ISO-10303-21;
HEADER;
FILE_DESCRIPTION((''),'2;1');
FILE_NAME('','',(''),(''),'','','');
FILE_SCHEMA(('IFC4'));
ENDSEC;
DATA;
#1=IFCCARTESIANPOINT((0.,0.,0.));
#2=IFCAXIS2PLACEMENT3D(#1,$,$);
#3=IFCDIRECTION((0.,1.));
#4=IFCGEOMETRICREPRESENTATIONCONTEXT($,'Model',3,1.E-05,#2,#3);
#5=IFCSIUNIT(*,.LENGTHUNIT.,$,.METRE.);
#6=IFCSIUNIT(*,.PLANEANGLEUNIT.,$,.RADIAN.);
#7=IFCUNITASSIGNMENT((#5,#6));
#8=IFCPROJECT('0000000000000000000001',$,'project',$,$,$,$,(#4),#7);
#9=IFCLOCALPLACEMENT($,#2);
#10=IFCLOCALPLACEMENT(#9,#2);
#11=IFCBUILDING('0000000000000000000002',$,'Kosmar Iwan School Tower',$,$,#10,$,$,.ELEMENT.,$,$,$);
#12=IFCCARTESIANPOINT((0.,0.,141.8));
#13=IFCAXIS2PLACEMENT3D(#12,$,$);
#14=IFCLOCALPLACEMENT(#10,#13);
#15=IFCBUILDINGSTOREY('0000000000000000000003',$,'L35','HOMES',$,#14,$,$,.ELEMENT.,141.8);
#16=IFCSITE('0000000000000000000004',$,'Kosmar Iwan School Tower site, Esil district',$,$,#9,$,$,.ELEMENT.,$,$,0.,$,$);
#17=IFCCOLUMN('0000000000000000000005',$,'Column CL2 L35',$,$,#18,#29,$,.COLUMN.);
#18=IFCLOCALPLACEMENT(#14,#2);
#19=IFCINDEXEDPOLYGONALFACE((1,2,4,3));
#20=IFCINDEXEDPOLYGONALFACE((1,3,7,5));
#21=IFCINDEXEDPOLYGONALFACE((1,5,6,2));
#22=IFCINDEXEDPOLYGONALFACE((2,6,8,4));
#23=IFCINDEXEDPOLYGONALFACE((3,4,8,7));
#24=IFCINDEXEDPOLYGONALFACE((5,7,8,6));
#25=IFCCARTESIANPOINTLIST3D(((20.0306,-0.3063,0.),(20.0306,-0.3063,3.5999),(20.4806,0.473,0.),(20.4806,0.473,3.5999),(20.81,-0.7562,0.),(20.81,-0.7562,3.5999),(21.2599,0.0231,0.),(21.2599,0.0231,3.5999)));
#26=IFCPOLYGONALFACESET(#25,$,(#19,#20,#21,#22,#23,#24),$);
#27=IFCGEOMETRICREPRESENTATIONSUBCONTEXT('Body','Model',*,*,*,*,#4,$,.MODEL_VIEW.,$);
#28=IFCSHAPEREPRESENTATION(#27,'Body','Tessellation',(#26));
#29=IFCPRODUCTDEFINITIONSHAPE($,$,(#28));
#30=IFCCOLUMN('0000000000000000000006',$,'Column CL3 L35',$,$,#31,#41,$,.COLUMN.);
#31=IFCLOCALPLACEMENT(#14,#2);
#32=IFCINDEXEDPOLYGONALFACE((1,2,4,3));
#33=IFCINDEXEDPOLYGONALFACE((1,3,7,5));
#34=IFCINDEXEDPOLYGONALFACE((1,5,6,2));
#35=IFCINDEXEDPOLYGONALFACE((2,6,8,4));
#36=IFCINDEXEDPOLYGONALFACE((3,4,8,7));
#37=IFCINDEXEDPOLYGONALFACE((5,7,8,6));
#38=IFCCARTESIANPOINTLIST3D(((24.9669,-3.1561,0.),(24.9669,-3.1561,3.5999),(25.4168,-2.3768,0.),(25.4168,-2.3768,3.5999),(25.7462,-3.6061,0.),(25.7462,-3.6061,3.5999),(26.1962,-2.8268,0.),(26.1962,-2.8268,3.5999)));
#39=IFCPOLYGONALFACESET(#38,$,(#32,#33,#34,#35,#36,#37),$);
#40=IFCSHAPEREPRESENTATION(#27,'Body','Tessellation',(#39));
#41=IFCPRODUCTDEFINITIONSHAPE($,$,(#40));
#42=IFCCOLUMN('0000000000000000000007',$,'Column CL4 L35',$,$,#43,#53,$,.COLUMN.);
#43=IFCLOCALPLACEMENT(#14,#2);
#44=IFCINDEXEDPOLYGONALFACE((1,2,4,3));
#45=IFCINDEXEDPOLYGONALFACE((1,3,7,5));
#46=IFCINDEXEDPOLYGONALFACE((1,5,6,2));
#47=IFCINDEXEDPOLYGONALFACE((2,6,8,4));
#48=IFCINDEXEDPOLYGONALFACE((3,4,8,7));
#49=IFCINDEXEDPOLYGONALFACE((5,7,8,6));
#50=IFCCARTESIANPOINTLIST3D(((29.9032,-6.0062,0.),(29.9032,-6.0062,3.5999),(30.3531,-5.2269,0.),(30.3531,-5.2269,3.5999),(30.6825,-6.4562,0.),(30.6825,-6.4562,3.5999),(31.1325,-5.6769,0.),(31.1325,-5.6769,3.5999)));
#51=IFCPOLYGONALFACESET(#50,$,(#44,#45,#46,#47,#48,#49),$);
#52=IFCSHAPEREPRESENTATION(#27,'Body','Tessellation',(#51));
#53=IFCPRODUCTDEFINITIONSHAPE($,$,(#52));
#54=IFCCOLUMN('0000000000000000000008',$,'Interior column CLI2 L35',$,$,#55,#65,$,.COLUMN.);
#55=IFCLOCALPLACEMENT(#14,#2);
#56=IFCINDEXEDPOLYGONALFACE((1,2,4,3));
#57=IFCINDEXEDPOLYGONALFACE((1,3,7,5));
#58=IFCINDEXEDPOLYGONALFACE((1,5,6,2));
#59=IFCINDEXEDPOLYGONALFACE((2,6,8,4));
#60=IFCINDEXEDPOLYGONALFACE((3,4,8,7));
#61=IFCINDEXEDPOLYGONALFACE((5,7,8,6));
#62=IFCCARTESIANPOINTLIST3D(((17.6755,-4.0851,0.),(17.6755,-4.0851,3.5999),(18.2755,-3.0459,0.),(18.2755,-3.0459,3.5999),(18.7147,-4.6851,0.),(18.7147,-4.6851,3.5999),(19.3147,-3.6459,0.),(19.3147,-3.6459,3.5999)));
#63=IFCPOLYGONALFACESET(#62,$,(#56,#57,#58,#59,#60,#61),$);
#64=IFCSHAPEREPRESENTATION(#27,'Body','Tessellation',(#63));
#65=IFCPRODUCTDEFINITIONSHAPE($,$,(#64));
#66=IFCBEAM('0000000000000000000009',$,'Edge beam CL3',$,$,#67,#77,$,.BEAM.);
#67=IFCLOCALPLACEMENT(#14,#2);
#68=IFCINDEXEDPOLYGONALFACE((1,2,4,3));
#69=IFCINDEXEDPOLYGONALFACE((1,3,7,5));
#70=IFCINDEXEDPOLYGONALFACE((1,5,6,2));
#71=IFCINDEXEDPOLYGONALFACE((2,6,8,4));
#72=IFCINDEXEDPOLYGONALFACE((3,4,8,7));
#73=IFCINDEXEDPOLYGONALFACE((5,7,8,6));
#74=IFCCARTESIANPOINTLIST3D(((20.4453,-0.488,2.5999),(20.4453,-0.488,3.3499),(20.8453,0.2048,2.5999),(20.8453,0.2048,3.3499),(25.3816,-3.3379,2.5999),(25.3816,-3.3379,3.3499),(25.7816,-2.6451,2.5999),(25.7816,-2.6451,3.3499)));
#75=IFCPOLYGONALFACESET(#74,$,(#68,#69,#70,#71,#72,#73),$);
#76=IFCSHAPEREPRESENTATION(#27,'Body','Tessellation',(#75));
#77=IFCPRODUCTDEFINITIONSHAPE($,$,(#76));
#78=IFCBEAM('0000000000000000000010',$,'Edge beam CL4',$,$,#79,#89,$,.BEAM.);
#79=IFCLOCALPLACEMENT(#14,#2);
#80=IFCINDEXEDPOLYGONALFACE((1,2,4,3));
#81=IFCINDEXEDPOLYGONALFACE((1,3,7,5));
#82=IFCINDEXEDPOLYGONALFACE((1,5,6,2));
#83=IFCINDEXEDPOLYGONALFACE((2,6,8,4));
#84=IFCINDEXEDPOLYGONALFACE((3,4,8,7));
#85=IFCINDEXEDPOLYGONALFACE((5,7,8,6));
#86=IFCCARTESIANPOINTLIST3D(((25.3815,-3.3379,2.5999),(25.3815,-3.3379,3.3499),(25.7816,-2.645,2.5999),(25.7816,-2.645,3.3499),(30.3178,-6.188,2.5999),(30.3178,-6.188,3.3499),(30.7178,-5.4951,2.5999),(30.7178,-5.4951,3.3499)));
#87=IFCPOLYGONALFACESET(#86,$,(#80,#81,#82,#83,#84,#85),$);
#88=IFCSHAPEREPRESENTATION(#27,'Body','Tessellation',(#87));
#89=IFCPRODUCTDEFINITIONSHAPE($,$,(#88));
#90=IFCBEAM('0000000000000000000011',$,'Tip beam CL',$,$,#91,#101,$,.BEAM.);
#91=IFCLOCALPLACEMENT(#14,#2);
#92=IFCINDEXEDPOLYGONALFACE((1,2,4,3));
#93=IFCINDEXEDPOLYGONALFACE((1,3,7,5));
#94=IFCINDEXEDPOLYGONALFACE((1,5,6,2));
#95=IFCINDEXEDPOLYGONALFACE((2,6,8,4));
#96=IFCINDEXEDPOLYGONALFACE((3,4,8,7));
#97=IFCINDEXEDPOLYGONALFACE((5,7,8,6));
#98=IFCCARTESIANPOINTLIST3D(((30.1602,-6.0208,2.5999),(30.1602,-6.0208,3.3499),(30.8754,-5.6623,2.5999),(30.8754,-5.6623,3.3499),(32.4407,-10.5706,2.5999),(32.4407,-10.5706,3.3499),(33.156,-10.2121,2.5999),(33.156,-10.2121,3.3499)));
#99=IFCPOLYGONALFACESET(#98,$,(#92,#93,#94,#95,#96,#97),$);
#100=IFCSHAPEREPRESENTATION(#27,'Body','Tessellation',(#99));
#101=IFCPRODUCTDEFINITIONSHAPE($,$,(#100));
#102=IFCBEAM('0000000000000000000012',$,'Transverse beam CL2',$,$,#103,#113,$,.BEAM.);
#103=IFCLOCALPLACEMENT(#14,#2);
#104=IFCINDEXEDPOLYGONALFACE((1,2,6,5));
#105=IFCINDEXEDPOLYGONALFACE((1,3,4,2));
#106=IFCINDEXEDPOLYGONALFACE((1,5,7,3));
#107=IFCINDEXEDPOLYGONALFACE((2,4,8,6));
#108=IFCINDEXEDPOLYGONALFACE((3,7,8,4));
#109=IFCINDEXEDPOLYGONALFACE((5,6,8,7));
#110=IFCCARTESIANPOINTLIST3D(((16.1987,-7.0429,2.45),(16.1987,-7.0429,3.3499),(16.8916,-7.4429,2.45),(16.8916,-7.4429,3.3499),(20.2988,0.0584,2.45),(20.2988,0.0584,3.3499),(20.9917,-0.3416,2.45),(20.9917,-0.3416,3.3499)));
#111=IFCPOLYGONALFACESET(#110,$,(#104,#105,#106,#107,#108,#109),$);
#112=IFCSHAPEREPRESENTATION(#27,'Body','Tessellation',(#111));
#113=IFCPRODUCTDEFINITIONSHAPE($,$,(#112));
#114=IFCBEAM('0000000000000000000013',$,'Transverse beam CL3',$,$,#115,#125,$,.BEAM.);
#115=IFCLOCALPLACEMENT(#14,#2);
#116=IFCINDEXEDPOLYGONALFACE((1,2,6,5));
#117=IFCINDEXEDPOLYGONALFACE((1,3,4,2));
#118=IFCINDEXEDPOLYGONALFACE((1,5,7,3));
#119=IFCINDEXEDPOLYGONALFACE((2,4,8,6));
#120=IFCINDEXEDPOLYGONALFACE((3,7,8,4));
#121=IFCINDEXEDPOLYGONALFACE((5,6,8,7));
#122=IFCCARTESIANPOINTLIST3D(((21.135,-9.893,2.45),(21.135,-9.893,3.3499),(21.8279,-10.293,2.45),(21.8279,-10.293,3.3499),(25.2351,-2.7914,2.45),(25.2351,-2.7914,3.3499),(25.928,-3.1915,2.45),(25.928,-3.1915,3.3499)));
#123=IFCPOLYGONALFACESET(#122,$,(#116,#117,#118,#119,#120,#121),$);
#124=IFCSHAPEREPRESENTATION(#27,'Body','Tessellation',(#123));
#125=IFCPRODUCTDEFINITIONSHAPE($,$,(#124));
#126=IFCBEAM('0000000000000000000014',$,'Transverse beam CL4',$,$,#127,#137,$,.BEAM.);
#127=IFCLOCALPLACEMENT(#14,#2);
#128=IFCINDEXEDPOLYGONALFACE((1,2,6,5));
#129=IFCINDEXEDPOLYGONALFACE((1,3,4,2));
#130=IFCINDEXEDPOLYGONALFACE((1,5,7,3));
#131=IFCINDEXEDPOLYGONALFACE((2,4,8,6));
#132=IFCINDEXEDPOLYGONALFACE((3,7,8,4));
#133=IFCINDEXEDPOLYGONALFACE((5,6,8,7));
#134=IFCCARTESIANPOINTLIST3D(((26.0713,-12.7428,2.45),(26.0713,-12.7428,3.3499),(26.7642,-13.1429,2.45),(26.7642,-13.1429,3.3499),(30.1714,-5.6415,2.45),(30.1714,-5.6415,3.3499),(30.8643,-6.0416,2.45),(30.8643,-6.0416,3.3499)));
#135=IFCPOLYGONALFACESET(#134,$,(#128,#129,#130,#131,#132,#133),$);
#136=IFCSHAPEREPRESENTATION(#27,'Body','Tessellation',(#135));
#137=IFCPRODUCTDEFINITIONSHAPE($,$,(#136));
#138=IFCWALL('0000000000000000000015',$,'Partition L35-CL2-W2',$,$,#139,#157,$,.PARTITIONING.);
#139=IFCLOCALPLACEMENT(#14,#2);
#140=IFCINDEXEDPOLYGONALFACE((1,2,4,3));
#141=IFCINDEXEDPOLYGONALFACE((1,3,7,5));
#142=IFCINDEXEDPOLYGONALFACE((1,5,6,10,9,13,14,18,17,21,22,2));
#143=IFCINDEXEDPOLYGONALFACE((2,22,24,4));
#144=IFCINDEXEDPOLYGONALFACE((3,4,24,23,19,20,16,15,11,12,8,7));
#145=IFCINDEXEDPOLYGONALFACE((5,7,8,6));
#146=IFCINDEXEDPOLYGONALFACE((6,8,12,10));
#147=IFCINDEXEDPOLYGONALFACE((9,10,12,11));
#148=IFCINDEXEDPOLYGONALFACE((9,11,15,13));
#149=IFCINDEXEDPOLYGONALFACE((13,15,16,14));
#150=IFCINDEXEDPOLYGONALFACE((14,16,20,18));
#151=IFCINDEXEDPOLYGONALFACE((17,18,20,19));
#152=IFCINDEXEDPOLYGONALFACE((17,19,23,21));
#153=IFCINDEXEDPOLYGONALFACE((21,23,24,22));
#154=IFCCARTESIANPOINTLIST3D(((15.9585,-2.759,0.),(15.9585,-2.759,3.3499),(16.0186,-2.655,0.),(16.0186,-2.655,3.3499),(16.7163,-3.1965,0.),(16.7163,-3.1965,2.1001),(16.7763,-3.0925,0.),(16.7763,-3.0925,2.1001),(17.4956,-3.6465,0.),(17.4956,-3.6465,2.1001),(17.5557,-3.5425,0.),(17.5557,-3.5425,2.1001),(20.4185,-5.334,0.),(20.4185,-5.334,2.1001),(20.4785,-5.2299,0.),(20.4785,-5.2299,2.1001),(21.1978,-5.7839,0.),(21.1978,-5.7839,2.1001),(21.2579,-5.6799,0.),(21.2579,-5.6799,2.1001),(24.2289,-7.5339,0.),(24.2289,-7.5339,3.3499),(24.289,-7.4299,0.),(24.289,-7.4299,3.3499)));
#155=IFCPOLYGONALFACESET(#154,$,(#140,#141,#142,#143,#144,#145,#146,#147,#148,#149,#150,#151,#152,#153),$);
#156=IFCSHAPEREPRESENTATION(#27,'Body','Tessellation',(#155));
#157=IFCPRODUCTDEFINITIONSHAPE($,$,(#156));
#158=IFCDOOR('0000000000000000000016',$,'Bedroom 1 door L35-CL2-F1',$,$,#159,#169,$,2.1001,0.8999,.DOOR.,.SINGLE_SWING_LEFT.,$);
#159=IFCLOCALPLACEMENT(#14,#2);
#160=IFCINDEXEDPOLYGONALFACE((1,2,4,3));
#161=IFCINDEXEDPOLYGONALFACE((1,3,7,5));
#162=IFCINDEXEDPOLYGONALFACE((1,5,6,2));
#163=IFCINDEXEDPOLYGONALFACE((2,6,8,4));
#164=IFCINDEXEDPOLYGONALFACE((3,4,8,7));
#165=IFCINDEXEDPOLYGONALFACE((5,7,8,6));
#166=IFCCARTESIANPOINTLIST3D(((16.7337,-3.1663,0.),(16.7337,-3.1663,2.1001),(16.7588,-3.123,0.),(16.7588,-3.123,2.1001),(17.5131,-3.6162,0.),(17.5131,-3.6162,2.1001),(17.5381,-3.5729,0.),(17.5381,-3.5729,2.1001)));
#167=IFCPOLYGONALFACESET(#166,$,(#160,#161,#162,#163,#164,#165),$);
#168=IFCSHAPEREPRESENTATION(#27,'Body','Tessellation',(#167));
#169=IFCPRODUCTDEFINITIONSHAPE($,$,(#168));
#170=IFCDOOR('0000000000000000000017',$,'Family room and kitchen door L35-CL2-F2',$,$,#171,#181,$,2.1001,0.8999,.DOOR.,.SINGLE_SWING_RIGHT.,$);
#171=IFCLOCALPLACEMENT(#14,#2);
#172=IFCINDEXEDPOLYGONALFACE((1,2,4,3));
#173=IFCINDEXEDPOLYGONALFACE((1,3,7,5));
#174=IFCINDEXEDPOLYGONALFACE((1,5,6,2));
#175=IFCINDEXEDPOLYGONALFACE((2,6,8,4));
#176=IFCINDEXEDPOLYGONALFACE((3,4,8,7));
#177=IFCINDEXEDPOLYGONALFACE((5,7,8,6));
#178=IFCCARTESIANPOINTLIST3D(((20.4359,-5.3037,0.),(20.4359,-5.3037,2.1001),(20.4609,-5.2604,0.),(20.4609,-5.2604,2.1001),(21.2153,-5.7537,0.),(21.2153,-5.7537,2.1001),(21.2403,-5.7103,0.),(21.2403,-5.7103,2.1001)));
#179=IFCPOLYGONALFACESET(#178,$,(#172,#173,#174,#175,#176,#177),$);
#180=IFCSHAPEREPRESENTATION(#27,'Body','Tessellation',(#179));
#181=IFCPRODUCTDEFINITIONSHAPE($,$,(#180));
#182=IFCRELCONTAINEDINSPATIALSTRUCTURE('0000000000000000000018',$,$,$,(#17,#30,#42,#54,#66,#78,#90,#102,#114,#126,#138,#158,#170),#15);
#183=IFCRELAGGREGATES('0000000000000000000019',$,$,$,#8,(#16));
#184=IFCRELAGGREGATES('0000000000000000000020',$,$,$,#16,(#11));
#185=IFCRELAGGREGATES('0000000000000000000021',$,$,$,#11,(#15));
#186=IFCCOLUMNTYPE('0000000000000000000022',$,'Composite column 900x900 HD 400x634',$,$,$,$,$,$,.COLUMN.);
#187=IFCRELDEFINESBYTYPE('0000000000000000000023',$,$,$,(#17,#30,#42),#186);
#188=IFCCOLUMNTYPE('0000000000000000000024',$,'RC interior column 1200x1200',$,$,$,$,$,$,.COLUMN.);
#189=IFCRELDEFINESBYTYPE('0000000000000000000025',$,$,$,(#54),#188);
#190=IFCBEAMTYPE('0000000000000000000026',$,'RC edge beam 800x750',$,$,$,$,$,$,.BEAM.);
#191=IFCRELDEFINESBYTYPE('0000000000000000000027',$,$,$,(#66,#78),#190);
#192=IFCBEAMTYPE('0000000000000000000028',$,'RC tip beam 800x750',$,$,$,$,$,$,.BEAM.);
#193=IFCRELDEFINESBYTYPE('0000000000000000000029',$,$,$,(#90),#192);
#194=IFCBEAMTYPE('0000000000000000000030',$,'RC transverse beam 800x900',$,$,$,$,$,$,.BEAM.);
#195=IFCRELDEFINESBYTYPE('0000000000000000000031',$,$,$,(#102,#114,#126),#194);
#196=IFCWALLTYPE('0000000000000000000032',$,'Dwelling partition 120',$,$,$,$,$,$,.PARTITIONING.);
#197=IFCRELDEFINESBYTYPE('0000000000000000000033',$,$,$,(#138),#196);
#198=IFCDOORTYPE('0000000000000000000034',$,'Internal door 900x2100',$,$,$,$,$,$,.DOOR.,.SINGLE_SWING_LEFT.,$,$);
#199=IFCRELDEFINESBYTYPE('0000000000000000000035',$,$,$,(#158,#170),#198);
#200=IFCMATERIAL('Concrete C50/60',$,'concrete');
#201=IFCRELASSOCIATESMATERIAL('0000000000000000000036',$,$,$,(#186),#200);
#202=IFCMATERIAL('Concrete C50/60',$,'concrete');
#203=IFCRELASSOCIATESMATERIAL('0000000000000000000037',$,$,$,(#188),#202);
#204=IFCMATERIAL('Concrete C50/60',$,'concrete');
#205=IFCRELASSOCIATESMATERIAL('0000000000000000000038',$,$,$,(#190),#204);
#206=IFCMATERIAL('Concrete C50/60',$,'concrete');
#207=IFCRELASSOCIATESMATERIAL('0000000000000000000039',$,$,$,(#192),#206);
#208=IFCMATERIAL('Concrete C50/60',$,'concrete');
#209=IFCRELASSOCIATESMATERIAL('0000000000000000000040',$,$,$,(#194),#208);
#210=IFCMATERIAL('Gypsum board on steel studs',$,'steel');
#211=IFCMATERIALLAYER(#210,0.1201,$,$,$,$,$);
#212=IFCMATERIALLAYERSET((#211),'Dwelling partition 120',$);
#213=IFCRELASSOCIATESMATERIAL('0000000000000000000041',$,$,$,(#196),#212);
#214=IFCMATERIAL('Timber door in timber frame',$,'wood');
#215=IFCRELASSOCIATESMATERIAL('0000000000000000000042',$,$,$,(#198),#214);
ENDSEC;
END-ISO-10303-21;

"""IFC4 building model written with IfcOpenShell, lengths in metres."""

from ifc_helpers import new_model, si_unit, direction, frame, frame_2d, origin, origin_2d, place, context, subcontext, project, spatial, rectangle, extrude, material, layer, layer_set, material_profile, profile_set, type_object, element, fill, save


model = new_model("IFC4")

# Units and contexts
model_context = context("Model", 3, precision=1e-05, world=origin(), true_north=direction((0.0, 1.0)))
body_context = subcontext(model_context, "Body", "Model", "MODEL_VIEW")
ifc_project = project(units=[si_unit("LENGTHUNIT", "METRE"), si_unit("PLANEANGLEUNIT", "RADIAN")], contexts=[model_context])

# Site, building, storey
site_placement = place(None, origin())
site = spatial("IfcSite", under=ifc_project, at=site_placement, Name="Kosmar Iwan School Tower site, Esil district", CompositionType="ELEMENT", RefElevation=0.0)
building_placement = place(site_placement, origin())
building = spatial("IfcBuilding", under=site, at=building_placement, Name="Kosmar Iwan School Tower", CompositionType="ELEMENT")
storey_placement = place(building_placement, frame((0.0, 0.0, 141.8)))
storey = spatial("IfcBuildingStorey", under=building, at=storey_placement, Name="L35", Description="HOMES", CompositionType="ELEMENT", Elevation=141.8)

# Columns
ifc_material_1 = material(Name="Concrete C50/60", Category="concrete")
ifc_material_profile_1 = material_profile(ifc_material_1, rectangle(XDim=0.8999, YDim=0.8999, at=origin_2d()), Name="RC 900x900 + HD 400x634")
ifc_profile_set_1 = profile_set([ifc_material_profile_1], Name="Concrete C50/60")
column_type_1 = type_object("IfcColumnType", Name="Composite column 900x900 HD 400x634", PredefinedType="COLUMN", material=ifc_profile_set_1)
for number, where, z_axis, x_axis, name in (
    (1, (20.6453, -0.1416, 0.0), (0.0, 0.0, 1.0), (0.866025, -0.5, 0.0), "Column CL2 L35"),
    (2, (25.5815, -2.9915, 0.0), (0.0, 0.0, 1.0), (0.866025, -0.5, 0.0), "Column CL3 L35"),
    (3, (30.5178, -5.8416, 0.0), (0.0, 0.0, 1.0), (0.866025, -0.5, 0.0), "Column CL4 L35"),
):
    element("IfcColumn", number, at=place(storey_placement, frame(where, z_axis=z_axis, x_axis=x_axis)), inside=storey, type_object=column_type_1, Name=name, PredefinedType="COLUMN", context=body_context, shape_type="SweptSolid", body=[
        extrude(rectangle(XDim=0.8999, YDim=0.8999, at=origin_2d()), origin(), (0.0, 0.0, 1.0), 3.5999),
    ])
ifc_material_2 = material(Name="Concrete C50/60", Category="concrete")
ifc_material_profile_2 = material_profile(ifc_material_2, rectangle(XDim=1.2, YDim=1.2, at=origin_2d()), Name="RC 1200x1200")
ifc_profile_set_2 = profile_set([ifc_material_profile_2], Name="Concrete C50/60")
column_type_2 = type_object("IfcColumnType", Name="RC interior column 1200x1200", PredefinedType="COLUMN", material=ifc_profile_set_2)
column_placement = place(storey_placement, frame((18.4951, -3.8655, 0.0), z_axis=(0.0, 0.0, 1.0), x_axis=(0.866025, -0.5, 0.0)))
element("IfcColumn", 4, at=column_placement, inside=storey, type_object=column_type_2, Name="Interior column CLI2 L35", PredefinedType="COLUMN", context=body_context, shape_type="SweptSolid", body=[
    extrude(rectangle(XDim=1.2, YDim=1.2, at=origin_2d()), origin(), (0.0, 0.0, 1.0), 3.5999),
])

# Beams
ifc_material_3 = material(Name="Concrete C50/60", Category="concrete")
ifc_material_profile_3 = material_profile(ifc_material_3, rectangle(XDim=0.8, YDim=0.75, at=origin_2d()), Name="RC 800x750")
ifc_profile_set_3 = profile_set([ifc_material_profile_3], Name="Concrete C50/60")
beam_type_1 = type_object("IfcBeamType", Name="RC edge beam 800x750", PredefinedType="BEAM", material=ifc_profile_set_3)
for number, where, z_axis, x_axis, name in (
    (5, (20.6453, -0.1416, 2.9749), (0.866034, -0.499986, 0.0), (0.499986, 0.866034, 0.0), "Edge beam CL3"),
    (6, (25.5815, -2.9915, 2.9749), (0.866015, -0.500018, 0.0), (0.500018, 0.866015, 0.0), "Edge beam CL4"),
):
    element("IfcBeam", number, at=place(storey_placement, frame(where, z_axis=z_axis, x_axis=x_axis)), inside=storey, type_object=beam_type_1, Name=name, PredefinedType="BEAM", context=body_context, shape_type="SweptSolid", body=[
        extrude(rectangle(XDim=0.8, YDim=0.75, at=origin_2d()), origin(), (0.0, 0.0, 1.0), 5.7),
    ])
ifc_material_4 = material(Name="Concrete C50/60", Category="concrete")
ifc_material_profile_4 = material_profile(ifc_material_4, rectangle(XDim=0.8, YDim=0.75, at=origin_2d()), Name="RC 800x750")
ifc_profile_set_4 = profile_set([ifc_material_profile_4], Name="Concrete C50/60")
beam_type_2 = type_object("IfcBeamType", Name="RC tip beam 800x750", PredefinedType="BEAM", material=ifc_profile_set_4)
beam_1_placement = place(storey_placement, frame((30.5178, -5.8416, 2.9749), z_axis=(0.448096, -0.893985, 0.0), x_axis=(0.893985, 0.448096, 0.0)))
element("IfcBeam", 7, at=beam_1_placement, inside=storey, type_object=beam_type_2, Name="Tip beam CL", PredefinedType="BEAM", context=body_context, shape_type="SweptSolid", body=[
    extrude(rectangle(XDim=0.8, YDim=0.75, at=origin_2d()), origin(), (0.0, 0.0, 1.0), 5.0894),
])
ifc_material_5 = material(Name="Concrete C50/60", Category="concrete")
ifc_material_profile_5 = material_profile(ifc_material_5, rectangle(XDim=0.8, YDim=0.8999, at=origin_2d()), Name="RC 800x900")
ifc_profile_set_5 = profile_set([ifc_material_profile_5], Name="Concrete C50/60")
beam_type_3 = type_object("IfcBeamType", Name="RC transverse beam 800x900", PredefinedType="BEAM", material=ifc_profile_set_5)
beam_2_placement = place(storey_placement, frame((20.6453, -0.1416, 2.8999), z_axis=(-0.500014, -0.866018, 0.0), x_axis=(0.866018, -0.500014, 0.0)))
element("IfcBeam", 8, at=beam_2_placement, inside=storey, type_object=beam_type_3, Name="Transverse beam CL2", PredefinedType="BEAM", context=body_context, shape_type="SweptSolid", body=[
    extrude(rectangle(XDim=0.8, YDim=0.8999, at=origin_2d()), origin(), (0.0, 0.0, 1.0), 8.2),
])
beam_3_placement = place(storey_placement, frame((25.5815, -2.9915, 2.8999), z_axis=(-0.500001, -0.866025, 0.0), x_axis=(0.866025, -0.500001, 0.0)))
element("IfcBeam", 9, at=beam_3_placement, inside=storey, type_object=beam_type_3, Name="Transverse beam CL3", PredefinedType="BEAM", context=body_context, shape_type="SweptSolid", body=[
    extrude(rectangle(XDim=0.8, YDim=0.8999, at=origin_2d()), origin(), (0.0, 0.0, 1.0), 8.2002),
])
beam_4_placement = place(storey_placement, frame((30.5178, -5.8416, 2.8999), z_axis=(-0.500014, -0.866018, 0.0), x_axis=(0.866018, -0.500014, 0.0)))
element("IfcBeam", 10, at=beam_4_placement, inside=storey, type_object=beam_type_3, Name="Transverse beam CL4", PredefinedType="BEAM", context=body_context, shape_type="SweptSolid", body=[
    extrude(rectangle(XDim=0.8, YDim=0.8999, at=origin_2d()), origin(), (0.0, 0.0, 1.0), 8.2),
])

# Wall, openings, doors
ifc_material_6 = material(Name="Gypsum board on steel studs", Category="steel")
ifc_layer_1 = layer(ifc_material_6, 0.1201)
ifc_layer_set_1 = layer_set([ifc_layer_1], Name="Dwelling partition 120")
wall_type_1 = type_object("IfcWallType", Name="Dwelling partition 120", PredefinedType="PARTITIONING", material=ifc_layer_set_1)
wall_1_placement = place(storey_placement, frame((15.9885, -2.707, 0.0), z_axis=(0.0, 0.0, 1.0), x_axis=(0.866029, -0.499994, 0.0)))
wall_1 = element("IfcWall", 11, at=wall_1_placement, inside=storey, type_object=wall_type_1, Name="Partition L35-CL2-W2", PredefinedType="PARTITIONING", context=body_context, shape_type="SweptSolid", body=[
    extrude(rectangle(XDim=9.5498, YDim=0.1201, at=frame_2d((4.7749, 0.0))), origin(), (0.0, 0.0, 1.0), 3.3499),
])
opening_1_placement = place(wall_1_placement, frame((0.875, 0.0, 0.0)))
opening_1 = element("IfcOpeningElement", 12, at=opening_1_placement, cuts=wall_1, PredefinedType="OPENING", context=body_context, shape_type="SweptSolid", body=[
    extrude(rectangle(XDim=0.8999, YDim=2.1001, at=frame_2d((0.45, 1.05))), frame((0.0, 0.072, 0.0), z_axis=(0.0, -1.0, 0.0), x_axis=(1.0, 0.0, 0.0)), (0.0, 0.0, 1.0), 0.144),
])
opening_2_placement = place(wall_1_placement, frame((5.1499, 0.0, 0.0)))
opening_2 = element("IfcOpeningElement", 13, at=opening_2_placement, cuts=wall_1, PredefinedType="OPENING", context=body_context, shape_type="SweptSolid", body=[
    extrude(rectangle(XDim=0.8999, YDim=2.1001, at=frame_2d((0.45, 1.05))), frame((0.0, 0.072, 0.0), z_axis=(0.0, -1.0, 0.0), x_axis=(1.0, 0.0, 0.0)), (0.0, 0.0, 1.0), 0.144),
])
ifc_material_7 = material(Name="Timber door in timber frame", Category="wood")
door_type = type_object("IfcDoorType", Name="Internal door 900x2100", OperationType="SINGLE_SWING_LEFT", PredefinedType="DOOR", material=ifc_material_7)
door_1_placement = place(opening_1_placement, origin())
door_1 = element("IfcDoor", 14, at=door_1_placement, inside=storey, type_object=door_type, Name="Bedroom 1 door L35-CL2-F1", OperationType="SINGLE_SWING_LEFT", OverallHeight=2.1001, OverallWidth=0.8999, PredefinedType="DOOR", context=body_context, shape_type="SweptSolid", body=[
    extrude(rectangle(XDim=0.8999, YDim=2.1001, at=frame_2d((0.45, 1.05))), frame((0.0, 0.0249, 0.0), z_axis=(0.0, -1.0, 0.0), x_axis=(1.0, 0.0, 0.0)), (0.0, 0.0, 1.0), 0.05),
])
fill(opening_1, door_1)
door_2_placement = place(opening_2_placement, origin())
door_2 = element("IfcDoor", 15, at=door_2_placement, inside=storey, type_object=door_type, Name="Family room and kitchen door L35-CL2-F2", OperationType="SINGLE_SWING_RIGHT", OverallHeight=2.1001, OverallWidth=0.8999, PredefinedType="DOOR", context=body_context, shape_type="SweptSolid", body=[
    extrude(rectangle(XDim=0.8999, YDim=2.1001, at=frame_2d((0.45, 1.05))), frame((0.0, 0.0249, 0.0), z_axis=(0.0, -1.0, 0.0), x_axis=(1.0, 0.0, 0.0)), (0.0, 0.0, 1.0), 0.05),
])
fill(opening_2, door_2)

save(model, "model.ifc")
